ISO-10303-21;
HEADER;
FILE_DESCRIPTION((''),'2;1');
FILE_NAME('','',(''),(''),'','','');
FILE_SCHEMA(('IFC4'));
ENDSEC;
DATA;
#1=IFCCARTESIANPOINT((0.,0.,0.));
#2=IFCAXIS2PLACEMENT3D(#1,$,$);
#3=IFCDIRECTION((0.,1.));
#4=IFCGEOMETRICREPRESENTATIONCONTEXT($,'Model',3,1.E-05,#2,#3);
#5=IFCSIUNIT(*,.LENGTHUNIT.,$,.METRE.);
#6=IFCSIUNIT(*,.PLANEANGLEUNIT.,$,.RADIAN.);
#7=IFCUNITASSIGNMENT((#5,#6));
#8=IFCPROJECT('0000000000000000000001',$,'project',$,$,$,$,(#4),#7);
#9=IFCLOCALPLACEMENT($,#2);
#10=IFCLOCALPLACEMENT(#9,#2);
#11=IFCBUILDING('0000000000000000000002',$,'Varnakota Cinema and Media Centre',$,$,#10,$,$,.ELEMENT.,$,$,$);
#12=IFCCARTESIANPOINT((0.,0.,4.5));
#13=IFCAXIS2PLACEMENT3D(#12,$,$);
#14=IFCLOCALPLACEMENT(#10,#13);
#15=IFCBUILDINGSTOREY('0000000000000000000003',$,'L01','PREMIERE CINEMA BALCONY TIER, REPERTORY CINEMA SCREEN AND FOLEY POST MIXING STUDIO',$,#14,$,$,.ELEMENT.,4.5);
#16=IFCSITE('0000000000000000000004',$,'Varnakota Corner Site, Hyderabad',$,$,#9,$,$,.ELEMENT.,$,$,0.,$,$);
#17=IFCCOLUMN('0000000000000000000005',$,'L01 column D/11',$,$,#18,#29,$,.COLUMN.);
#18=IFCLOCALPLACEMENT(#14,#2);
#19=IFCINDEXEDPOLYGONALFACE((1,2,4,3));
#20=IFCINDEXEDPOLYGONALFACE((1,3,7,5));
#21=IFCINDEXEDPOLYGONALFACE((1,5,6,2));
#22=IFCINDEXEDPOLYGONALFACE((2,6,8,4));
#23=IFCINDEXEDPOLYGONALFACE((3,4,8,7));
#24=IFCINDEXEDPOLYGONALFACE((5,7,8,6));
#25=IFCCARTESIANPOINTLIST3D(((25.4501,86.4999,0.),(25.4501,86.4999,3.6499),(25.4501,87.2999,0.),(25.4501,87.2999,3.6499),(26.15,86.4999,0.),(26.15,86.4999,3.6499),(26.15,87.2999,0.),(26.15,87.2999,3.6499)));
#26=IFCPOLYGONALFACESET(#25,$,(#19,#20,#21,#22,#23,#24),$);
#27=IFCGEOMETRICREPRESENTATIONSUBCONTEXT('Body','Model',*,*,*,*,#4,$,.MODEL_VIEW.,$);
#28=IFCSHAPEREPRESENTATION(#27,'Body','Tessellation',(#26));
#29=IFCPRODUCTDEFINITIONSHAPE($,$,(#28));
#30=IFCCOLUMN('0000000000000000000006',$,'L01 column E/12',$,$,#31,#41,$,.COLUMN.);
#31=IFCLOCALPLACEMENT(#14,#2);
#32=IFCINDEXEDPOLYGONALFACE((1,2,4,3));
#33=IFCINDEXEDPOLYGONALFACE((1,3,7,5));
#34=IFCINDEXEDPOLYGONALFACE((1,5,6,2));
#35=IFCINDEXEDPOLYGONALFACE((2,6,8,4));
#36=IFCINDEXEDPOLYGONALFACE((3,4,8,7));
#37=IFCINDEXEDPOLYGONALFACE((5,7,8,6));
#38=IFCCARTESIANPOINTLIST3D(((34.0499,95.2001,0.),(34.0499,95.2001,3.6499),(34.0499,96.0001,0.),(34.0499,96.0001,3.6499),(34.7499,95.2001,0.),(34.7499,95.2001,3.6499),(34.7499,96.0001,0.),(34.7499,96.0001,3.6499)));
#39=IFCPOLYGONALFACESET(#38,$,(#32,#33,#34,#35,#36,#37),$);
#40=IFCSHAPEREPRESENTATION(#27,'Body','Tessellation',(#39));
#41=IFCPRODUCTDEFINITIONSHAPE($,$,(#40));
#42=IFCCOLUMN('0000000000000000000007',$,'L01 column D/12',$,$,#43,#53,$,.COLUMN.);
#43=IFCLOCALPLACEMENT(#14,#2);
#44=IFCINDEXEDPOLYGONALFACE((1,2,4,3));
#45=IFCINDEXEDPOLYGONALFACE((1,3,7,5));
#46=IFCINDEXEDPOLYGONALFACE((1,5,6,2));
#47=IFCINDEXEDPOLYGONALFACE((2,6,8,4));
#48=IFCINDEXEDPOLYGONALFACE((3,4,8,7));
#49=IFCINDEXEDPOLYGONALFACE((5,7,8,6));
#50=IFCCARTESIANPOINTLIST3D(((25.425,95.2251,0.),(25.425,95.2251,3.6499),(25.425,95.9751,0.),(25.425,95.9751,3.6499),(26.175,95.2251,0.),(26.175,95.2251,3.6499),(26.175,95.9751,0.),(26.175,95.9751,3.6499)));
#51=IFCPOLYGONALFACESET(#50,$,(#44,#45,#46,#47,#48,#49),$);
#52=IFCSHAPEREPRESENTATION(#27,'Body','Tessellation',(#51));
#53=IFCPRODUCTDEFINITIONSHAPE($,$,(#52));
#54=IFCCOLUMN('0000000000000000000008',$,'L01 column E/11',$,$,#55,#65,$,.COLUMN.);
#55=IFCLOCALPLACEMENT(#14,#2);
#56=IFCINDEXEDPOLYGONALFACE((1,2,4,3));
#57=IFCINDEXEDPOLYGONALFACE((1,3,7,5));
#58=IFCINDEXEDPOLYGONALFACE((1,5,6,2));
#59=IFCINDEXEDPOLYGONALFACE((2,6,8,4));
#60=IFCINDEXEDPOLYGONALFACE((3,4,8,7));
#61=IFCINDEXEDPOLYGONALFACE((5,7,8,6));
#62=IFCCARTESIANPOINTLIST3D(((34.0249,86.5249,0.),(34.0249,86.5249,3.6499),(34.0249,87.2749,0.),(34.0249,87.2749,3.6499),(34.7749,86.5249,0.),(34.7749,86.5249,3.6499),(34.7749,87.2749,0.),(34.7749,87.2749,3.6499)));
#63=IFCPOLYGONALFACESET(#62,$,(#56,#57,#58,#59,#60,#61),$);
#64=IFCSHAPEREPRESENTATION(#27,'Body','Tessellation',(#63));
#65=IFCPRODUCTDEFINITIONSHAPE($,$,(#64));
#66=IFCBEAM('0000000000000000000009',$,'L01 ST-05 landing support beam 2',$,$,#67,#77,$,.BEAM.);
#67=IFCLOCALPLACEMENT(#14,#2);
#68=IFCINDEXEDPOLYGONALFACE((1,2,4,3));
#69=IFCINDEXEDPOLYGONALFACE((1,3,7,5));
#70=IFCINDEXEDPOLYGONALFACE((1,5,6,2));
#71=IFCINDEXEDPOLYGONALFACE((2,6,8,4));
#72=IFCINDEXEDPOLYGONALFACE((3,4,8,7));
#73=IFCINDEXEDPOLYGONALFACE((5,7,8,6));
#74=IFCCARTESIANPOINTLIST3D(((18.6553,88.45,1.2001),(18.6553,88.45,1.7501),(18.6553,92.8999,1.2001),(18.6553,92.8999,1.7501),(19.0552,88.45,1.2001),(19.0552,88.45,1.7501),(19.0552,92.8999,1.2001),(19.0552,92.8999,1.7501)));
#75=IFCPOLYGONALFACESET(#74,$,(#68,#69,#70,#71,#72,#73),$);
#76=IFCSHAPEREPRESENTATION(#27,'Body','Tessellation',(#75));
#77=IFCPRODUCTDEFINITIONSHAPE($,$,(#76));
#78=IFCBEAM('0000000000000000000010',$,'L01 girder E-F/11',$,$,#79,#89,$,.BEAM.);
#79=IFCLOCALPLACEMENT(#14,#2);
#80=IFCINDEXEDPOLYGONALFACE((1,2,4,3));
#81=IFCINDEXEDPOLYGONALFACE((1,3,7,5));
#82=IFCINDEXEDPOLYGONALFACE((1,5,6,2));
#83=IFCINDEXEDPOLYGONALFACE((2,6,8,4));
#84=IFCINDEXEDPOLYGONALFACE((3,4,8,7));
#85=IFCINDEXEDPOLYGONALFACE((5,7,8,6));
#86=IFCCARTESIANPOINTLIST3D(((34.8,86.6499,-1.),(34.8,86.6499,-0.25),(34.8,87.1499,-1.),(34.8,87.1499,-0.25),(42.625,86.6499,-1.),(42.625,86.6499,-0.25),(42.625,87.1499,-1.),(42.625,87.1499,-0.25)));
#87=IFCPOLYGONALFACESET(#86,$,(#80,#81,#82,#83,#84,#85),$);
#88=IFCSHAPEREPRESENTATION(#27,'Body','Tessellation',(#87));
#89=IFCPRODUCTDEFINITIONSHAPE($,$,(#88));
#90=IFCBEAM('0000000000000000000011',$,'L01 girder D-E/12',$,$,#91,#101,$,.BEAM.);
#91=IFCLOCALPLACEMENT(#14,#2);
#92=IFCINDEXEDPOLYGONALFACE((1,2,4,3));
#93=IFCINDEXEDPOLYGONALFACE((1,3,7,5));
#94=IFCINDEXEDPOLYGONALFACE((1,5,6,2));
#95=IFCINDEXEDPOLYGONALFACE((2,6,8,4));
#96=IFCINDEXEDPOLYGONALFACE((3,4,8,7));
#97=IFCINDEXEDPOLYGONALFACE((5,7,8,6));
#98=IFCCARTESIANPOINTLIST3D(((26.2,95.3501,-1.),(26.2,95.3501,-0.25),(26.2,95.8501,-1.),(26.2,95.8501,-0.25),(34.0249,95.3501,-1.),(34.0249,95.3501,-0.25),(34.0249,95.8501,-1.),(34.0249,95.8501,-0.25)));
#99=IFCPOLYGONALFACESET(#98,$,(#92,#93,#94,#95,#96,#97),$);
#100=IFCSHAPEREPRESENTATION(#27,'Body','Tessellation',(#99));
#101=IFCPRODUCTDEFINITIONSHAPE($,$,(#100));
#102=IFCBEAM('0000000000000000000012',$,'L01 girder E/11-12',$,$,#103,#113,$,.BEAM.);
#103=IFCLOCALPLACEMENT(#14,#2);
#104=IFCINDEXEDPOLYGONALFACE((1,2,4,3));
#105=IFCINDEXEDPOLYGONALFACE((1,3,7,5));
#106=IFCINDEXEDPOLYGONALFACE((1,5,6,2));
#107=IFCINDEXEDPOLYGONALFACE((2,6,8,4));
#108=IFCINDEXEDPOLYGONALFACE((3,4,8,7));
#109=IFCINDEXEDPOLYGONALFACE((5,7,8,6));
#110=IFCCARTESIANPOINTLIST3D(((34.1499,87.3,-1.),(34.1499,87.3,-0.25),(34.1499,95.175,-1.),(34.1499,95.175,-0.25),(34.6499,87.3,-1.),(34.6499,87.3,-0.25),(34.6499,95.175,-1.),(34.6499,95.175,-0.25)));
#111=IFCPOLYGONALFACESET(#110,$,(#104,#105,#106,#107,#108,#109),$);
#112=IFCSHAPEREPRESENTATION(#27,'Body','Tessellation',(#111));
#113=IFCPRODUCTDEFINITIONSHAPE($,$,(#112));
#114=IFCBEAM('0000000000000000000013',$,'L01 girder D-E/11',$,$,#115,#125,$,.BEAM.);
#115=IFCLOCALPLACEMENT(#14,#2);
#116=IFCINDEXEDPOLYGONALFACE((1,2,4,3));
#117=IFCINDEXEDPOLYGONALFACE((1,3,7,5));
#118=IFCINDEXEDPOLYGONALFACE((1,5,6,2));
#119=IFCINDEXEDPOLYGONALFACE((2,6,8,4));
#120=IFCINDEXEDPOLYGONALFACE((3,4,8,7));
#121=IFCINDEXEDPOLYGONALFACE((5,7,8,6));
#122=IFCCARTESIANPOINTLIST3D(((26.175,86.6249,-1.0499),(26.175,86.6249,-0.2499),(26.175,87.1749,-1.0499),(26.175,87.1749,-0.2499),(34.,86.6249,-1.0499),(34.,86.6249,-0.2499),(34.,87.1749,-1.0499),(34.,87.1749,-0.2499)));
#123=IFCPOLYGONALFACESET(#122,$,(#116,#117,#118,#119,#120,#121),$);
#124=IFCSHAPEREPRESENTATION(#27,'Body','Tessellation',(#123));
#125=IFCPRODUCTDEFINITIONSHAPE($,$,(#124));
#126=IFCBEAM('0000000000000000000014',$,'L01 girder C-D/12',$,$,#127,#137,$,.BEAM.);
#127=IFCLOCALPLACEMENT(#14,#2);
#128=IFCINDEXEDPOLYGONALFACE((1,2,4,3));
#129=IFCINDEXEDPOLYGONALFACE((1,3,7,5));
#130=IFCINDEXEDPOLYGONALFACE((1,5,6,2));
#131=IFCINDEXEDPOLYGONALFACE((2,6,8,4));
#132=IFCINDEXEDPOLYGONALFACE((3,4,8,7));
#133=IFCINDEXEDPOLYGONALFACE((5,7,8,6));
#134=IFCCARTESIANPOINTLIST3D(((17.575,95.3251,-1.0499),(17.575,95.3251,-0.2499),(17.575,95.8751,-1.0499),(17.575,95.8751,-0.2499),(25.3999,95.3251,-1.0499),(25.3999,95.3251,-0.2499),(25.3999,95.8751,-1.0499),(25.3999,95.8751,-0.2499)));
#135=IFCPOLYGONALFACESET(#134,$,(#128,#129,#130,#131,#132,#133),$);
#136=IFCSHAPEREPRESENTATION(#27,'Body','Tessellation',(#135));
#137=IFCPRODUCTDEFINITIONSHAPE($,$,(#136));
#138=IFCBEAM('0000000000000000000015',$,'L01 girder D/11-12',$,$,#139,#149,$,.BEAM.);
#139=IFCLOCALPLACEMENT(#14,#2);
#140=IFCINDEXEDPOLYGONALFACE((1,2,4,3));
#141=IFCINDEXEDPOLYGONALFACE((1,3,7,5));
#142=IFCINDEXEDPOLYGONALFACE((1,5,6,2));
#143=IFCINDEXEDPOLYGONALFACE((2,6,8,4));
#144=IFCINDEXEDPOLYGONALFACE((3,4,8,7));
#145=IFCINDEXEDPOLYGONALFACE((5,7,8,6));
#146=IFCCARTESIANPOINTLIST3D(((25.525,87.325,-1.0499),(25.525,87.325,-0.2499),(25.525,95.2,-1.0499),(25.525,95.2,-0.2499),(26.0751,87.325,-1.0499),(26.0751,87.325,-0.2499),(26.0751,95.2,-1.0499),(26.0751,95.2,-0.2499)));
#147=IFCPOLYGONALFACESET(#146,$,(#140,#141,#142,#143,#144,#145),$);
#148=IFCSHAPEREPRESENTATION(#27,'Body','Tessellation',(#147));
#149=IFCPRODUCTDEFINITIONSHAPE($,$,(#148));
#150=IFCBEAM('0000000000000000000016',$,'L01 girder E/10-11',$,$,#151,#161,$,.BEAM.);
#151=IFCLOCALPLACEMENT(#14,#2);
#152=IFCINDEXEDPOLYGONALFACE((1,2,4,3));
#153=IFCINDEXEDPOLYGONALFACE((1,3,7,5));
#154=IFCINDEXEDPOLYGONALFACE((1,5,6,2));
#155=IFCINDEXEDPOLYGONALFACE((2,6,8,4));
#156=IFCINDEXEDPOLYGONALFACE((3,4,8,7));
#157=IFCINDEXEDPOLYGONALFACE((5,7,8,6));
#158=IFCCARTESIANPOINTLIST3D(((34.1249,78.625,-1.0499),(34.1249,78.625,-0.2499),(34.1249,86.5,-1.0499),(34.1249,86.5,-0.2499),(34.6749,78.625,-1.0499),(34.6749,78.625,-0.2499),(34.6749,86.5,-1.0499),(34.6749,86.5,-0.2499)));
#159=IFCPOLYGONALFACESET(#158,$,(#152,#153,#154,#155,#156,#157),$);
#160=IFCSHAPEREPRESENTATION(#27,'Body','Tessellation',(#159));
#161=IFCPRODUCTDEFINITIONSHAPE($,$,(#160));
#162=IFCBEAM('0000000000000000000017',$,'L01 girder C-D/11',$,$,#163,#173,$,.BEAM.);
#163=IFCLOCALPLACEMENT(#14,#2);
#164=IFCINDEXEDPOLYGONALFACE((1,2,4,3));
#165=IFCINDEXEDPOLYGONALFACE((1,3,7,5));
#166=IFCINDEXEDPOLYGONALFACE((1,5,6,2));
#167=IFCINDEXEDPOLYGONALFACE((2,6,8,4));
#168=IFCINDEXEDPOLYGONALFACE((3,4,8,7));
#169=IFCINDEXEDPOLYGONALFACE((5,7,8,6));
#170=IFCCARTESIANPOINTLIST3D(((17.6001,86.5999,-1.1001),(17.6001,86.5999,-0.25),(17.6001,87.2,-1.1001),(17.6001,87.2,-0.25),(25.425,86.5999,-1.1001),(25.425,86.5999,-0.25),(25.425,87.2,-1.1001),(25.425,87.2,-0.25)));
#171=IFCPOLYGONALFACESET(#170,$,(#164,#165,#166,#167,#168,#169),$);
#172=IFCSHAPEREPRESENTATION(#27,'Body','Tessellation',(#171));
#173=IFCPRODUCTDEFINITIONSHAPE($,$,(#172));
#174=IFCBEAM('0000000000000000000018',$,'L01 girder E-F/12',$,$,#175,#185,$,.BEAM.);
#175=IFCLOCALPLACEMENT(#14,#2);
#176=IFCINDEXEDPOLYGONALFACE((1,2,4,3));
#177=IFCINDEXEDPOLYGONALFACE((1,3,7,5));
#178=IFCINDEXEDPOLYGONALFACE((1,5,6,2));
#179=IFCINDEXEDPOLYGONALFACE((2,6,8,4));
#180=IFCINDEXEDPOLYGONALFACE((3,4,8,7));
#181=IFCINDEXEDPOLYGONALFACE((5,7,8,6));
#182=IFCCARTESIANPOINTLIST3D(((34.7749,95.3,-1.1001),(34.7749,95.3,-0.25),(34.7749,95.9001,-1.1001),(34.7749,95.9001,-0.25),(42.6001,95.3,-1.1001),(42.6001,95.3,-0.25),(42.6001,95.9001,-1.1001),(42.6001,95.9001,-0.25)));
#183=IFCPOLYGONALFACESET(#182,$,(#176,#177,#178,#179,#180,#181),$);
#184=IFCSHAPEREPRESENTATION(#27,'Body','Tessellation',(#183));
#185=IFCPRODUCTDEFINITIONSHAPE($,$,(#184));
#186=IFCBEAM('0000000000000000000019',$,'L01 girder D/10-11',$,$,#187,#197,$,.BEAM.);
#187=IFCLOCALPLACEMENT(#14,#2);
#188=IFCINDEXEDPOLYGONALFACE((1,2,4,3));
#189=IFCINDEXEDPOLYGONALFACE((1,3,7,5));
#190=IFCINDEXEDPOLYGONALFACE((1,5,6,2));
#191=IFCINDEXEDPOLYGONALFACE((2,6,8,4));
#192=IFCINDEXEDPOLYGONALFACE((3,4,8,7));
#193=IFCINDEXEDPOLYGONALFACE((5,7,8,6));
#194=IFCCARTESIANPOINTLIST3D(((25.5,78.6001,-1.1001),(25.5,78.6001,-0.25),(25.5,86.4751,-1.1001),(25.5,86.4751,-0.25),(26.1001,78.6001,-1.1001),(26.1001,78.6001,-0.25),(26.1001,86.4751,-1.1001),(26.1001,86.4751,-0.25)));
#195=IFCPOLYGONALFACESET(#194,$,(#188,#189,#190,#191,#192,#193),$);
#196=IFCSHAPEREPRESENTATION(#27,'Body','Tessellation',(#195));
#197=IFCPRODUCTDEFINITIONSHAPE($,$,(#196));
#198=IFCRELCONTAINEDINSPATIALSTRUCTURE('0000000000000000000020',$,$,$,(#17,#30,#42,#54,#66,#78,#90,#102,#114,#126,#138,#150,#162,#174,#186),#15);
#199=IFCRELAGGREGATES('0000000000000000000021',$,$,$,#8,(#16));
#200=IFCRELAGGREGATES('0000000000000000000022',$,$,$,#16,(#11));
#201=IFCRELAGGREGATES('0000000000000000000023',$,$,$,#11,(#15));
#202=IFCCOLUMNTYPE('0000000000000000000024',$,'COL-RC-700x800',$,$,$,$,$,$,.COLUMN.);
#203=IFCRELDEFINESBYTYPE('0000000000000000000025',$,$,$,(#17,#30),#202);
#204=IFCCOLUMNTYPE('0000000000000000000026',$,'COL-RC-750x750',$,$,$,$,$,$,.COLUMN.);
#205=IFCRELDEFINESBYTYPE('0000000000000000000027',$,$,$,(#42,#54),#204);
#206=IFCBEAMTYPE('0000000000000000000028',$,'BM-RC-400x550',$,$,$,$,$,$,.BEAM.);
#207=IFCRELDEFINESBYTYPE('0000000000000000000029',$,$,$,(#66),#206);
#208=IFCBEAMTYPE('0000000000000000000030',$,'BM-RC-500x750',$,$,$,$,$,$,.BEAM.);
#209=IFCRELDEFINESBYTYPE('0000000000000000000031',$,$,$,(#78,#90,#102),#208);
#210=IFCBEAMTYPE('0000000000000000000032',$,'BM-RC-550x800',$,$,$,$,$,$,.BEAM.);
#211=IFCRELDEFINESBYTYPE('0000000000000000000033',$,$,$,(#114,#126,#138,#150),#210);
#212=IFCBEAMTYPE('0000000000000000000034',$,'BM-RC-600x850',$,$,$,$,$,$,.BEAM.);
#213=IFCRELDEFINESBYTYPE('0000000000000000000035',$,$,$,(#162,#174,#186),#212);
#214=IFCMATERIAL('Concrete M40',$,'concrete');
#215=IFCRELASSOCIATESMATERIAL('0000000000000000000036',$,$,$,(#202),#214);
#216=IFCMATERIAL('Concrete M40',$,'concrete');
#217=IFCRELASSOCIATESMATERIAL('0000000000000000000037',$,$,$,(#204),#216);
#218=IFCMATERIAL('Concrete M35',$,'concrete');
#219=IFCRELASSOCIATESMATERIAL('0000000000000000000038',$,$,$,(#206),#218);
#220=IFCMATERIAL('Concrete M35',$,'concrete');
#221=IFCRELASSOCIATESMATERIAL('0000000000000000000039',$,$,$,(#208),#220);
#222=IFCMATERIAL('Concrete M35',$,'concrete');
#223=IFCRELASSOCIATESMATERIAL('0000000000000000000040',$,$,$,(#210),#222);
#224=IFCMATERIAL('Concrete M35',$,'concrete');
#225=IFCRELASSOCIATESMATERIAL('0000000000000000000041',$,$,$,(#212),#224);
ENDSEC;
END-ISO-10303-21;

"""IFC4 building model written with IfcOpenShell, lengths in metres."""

from ifc_helpers import new_model, si_unit, direction, frame, origin, origin_2d, place, context, subcontext, project, spatial, rectangle, extrude, material, material_profile, profile_set, type_object, element, save


model = new_model("IFC4")

# Units and contexts
model_context = context("Model", 3, precision=1e-05, world=origin(), true_north=direction((0.0, 1.0)))
body_context = subcontext(model_context, "Body", "Model", "MODEL_VIEW")
ifc_project = project(units=[si_unit("LENGTHUNIT", "METRE"), si_unit("PLANEANGLEUNIT", "RADIAN")], contexts=[model_context])

# Site, building, storey
site_placement = place(None, origin())
site = spatial("IfcSite", under=ifc_project, at=site_placement, Name="Varnakota Corner Site, Hyderabad", CompositionType="ELEMENT", RefElevation=0.0)
building_placement = place(site_placement, origin())
building = spatial("IfcBuilding", under=site, at=building_placement, Name="Varnakota Cinema and Media Centre", CompositionType="ELEMENT")
storey_placement = place(building_placement, frame((0.0, 0.0, 4.5)))
storey = spatial("IfcBuildingStorey", under=building, at=storey_placement, Name="L01", Description="PREMIERE CINEMA BALCONY TIER, REPERTORY CINEMA SCREEN AND FOLEY POST MIXING STUDIO", CompositionType="ELEMENT", Elevation=4.5)

# Columns
ifc_material_1 = material(Name="Concrete M40", Category="concrete")
ifc_material_profile_1 = material_profile(ifc_material_1, rectangle(XDim=0.7, YDim=0.8, at=origin_2d()), Name="RC 700x800")
ifc_profile_set_1 = profile_set([ifc_material_profile_1], Name="Concrete M40")
column_type_1 = type_object("IfcColumnType", Name="COL-RC-700x800", PredefinedType="COLUMN", material=ifc_profile_set_1)
for number, where, z_axis, x_axis, name in (
    (1, (25.8, 86.8999, 0.0), (0.0, 0.0, 1.0), (1.0, 0.0, 0.0), "L01 column D/11"),
    (2, (34.3999, 95.6001, 0.0), (0.0, 0.0, 1.0), (1.0, 0.0, 0.0), "L01 column E/12"),
):
    element("IfcColumn", number, at=place(storey_placement, frame(where, z_axis=z_axis, x_axis=x_axis)), inside=storey, type_object=column_type_1, Name=name, PredefinedType="COLUMN", context=body_context, shape_type="SweptSolid", body=[
        extrude(rectangle(XDim=0.7, YDim=0.8, at=origin_2d()), origin(), (0.0, 0.0, 1.0), 3.6499),
    ])
ifc_material_2 = material(Name="Concrete M40", Category="concrete")
ifc_material_profile_2 = material_profile(ifc_material_2, rectangle(XDim=0.75, YDim=0.75, at=origin_2d()), Name="RC 750x750")
ifc_profile_set_2 = profile_set([ifc_material_profile_2], Name="Concrete M40")
column_type_2 = type_object("IfcColumnType", Name="COL-RC-750x750", PredefinedType="COLUMN", material=ifc_profile_set_2)
for number, where, z_axis, x_axis, name in (
    (3, (25.8, 95.6001, 0.0), (0.0, 0.0, 1.0), (1.0, 0.0, 0.0), "L01 column D/12"),
    (4, (34.3999, 86.8999, 0.0), (0.0, 0.0, 1.0), (1.0, 0.0, 0.0), "L01 column E/11"),
):
    element("IfcColumn", number, at=place(storey_placement, frame(where, z_axis=z_axis, x_axis=x_axis)), inside=storey, type_object=column_type_2, Name=name, PredefinedType="COLUMN", context=body_context, shape_type="SweptSolid", body=[
        extrude(rectangle(XDim=0.75, YDim=0.75, at=origin_2d()), origin(), (0.0, 0.0, 1.0), 3.6499),
    ])

# Beams
ifc_material_3 = material(Name="Concrete M35", Category="concrete")
ifc_material_profile_3 = material_profile(ifc_material_3, rectangle(XDim=0.3999, YDim=0.55, at=origin_2d()), Name="RCB 400x550")
ifc_profile_set_3 = profile_set([ifc_material_profile_3], Name="Concrete M35")
beam_type_1 = type_object("IfcBeamType", Name="BM-RC-400x550", PredefinedType="BEAM", material=ifc_profile_set_3)
beam_1_placement = place(storey_placement, frame((18.8552, 88.45, 1.4751), z_axis=(0.0, 1.0, 0.0), x_axis=(-1.0, 0.0, 0.0)))
element("IfcBeam", 5, at=beam_1_placement, inside=storey, type_object=beam_type_1, Name="L01 ST-05 landing support beam 2", PredefinedType="BEAM", context=body_context, shape_type="SweptSolid", body=[
    extrude(rectangle(XDim=0.3999, YDim=0.55, at=origin_2d()), origin(), (0.0, 0.0, 1.0), 4.45),
])
ifc_material_4 = material(Name="Concrete M35", Category="concrete")
ifc_material_profile_4 = material_profile(ifc_material_4, rectangle(XDim=0.5, YDim=0.75, at=origin_2d()), Name="RCB 500x750")
ifc_profile_set_4 = profile_set([ifc_material_profile_4], Name="Concrete M35")
beam_type_2 = type_object("IfcBeamType", Name="BM-RC-500x750", PredefinedType="BEAM", material=ifc_profile_set_4)
for number, where, z_axis, x_axis, name in (
    (6, (34.8, 86.8999, -0.625), (1.0, 0.0, 0.0), (0.0, 1.0, 0.0), "L01 girder E-F/11"),
    (7, (26.2, 95.6001, -0.625), (1.0, 0.0, 0.0), (0.0, 1.0, 0.0), "L01 girder D-E/12"),
):
    element("IfcBeam", number, at=place(storey_placement, frame(where, z_axis=z_axis, x_axis=x_axis)), inside=storey, type_object=beam_type_2, Name=name, PredefinedType="BEAM", context=body_context, shape_type="SweptSolid", body=[
        extrude(rectangle(XDim=0.5, YDim=0.75, at=origin_2d()), origin(), (0.0, 0.0, 1.0), 7.825),
    ])
beam_2_placement = place(storey_placement, frame((34.3999, 87.3, -0.625), z_axis=(0.0, 1.0, 0.0), x_axis=(-1.0, 0.0, 0.0)))
element("IfcBeam", 8, at=beam_2_placement, inside=storey, type_object=beam_type_2, Name="L01 girder E/11-12", PredefinedType="BEAM", context=body_context, shape_type="SweptSolid", body=[
    extrude(rectangle(XDim=0.5, YDim=0.75, at=origin_2d()), origin(), (0.0, 0.0, 1.0), 7.875),
])
ifc_material_5 = material(Name="Concrete M35", Category="concrete")
ifc_material_profile_5 = material_profile(ifc_material_5, rectangle(XDim=0.55, YDim=0.8, at=origin_2d()), Name="RCB 550x800")
ifc_profile_set_5 = profile_set([ifc_material_profile_5], Name="Concrete M35")
beam_type_3 = type_object("IfcBeamType", Name="BM-RC-550x800", PredefinedType="BEAM", material=ifc_profile_set_5)
for number, where, z_axis, x_axis, name in (
    (9, (26.175, 86.8999, -0.6499), (1.0, 0.0, 0.0), (0.0, 1.0, 0.0), "L01 girder D-E/11"),
    (10, (17.575, 95.6001, -0.6499), (1.0, 0.0, 0.0), (0.0, 1.0, 0.0), "L01 girder C-D/12"),
):
    element("IfcBeam", number, at=place(storey_placement, frame(where, z_axis=z_axis, x_axis=x_axis)), inside=storey, type_object=beam_type_3, Name=name, PredefinedType="BEAM", context=body_context, shape_type="SweptSolid", body=[
        extrude(rectangle(XDim=0.55, YDim=0.8, at=origin_2d()), origin(), (0.0, 0.0, 1.0), 7.825),
    ])
for number, where, z_axis, x_axis, name in (
    (11, (25.8, 87.325, -0.6499), (0.0, 1.0, 0.0), (-1.0, 0.0, 0.0), "L01 girder D/11-12"),
    (12, (34.3999, 78.625, -0.6499), (0.0, 1.0, 0.0), (-1.0, 0.0, 0.0), "L01 girder E/10-11"),
):
    element("IfcBeam", number, at=place(storey_placement, frame(where, z_axis=z_axis, x_axis=x_axis)), inside=storey, type_object=beam_type_3, Name=name, PredefinedType="BEAM", context=body_context, shape_type="SweptSolid", body=[
        extrude(rectangle(XDim=0.55, YDim=0.8, at=origin_2d()), origin(), (0.0, 0.0, 1.0), 7.875),
    ])
ifc_material_6 = material(Name="Concrete M35", Category="concrete")
ifc_material_profile_6 = material_profile(ifc_material_6, rectangle(XDim=0.6001, YDim=0.8501, at=origin_2d()), Name="RCB 600x850")
ifc_profile_set_6 = profile_set([ifc_material_profile_6], Name="Concrete M35")
beam_type_4 = type_object("IfcBeamType", Name="BM-RC-600x850", PredefinedType="BEAM", material=ifc_profile_set_6)
beam_3_placement = place(storey_placement, frame((17.6001, 86.8999, -0.675), z_axis=(1.0, 0.0, 0.0), x_axis=(0.0, 1.0, 0.0)))
element("IfcBeam", 13, at=beam_3_placement, inside=storey, type_object=beam_type_4, Name="L01 girder C-D/11", PredefinedType="BEAM", context=body_context, shape_type="SweptSolid", body=[
    extrude(rectangle(XDim=0.6001, YDim=0.8501, at=origin_2d()), origin(), (0.0, 0.0, 1.0), 7.825),
])
beam_4_placement = place(storey_placement, frame((34.7749, 95.6001, -0.675), z_axis=(1.0, 0.0, 0.0), x_axis=(0.0, 1.0, 0.0)))
element("IfcBeam", 14, at=beam_4_placement, inside=storey, type_object=beam_type_4, Name="L01 girder E-F/12", PredefinedType="BEAM", context=body_context, shape_type="SweptSolid", body=[
    extrude(rectangle(XDim=0.6001, YDim=0.8501, at=origin_2d()), origin(), (0.0, 0.0, 1.0), 7.8252),
])
beam_5_placement = place(storey_placement, frame((25.8, 78.6001, -0.675), z_axis=(0.0, 1.0, 0.0), x_axis=(-1.0, 0.0, 0.0)))
element("IfcBeam", 15, at=beam_5_placement, inside=storey, type_object=beam_type_4, Name="L01 girder D/10-11", PredefinedType="BEAM", context=body_context, shape_type="SweptSolid", body=[
    extrude(rectangle(XDim=0.6001, YDim=0.8501, at=origin_2d()), origin(), (0.0, 0.0, 1.0), 7.875),
])

save(model, "model.ifc")
